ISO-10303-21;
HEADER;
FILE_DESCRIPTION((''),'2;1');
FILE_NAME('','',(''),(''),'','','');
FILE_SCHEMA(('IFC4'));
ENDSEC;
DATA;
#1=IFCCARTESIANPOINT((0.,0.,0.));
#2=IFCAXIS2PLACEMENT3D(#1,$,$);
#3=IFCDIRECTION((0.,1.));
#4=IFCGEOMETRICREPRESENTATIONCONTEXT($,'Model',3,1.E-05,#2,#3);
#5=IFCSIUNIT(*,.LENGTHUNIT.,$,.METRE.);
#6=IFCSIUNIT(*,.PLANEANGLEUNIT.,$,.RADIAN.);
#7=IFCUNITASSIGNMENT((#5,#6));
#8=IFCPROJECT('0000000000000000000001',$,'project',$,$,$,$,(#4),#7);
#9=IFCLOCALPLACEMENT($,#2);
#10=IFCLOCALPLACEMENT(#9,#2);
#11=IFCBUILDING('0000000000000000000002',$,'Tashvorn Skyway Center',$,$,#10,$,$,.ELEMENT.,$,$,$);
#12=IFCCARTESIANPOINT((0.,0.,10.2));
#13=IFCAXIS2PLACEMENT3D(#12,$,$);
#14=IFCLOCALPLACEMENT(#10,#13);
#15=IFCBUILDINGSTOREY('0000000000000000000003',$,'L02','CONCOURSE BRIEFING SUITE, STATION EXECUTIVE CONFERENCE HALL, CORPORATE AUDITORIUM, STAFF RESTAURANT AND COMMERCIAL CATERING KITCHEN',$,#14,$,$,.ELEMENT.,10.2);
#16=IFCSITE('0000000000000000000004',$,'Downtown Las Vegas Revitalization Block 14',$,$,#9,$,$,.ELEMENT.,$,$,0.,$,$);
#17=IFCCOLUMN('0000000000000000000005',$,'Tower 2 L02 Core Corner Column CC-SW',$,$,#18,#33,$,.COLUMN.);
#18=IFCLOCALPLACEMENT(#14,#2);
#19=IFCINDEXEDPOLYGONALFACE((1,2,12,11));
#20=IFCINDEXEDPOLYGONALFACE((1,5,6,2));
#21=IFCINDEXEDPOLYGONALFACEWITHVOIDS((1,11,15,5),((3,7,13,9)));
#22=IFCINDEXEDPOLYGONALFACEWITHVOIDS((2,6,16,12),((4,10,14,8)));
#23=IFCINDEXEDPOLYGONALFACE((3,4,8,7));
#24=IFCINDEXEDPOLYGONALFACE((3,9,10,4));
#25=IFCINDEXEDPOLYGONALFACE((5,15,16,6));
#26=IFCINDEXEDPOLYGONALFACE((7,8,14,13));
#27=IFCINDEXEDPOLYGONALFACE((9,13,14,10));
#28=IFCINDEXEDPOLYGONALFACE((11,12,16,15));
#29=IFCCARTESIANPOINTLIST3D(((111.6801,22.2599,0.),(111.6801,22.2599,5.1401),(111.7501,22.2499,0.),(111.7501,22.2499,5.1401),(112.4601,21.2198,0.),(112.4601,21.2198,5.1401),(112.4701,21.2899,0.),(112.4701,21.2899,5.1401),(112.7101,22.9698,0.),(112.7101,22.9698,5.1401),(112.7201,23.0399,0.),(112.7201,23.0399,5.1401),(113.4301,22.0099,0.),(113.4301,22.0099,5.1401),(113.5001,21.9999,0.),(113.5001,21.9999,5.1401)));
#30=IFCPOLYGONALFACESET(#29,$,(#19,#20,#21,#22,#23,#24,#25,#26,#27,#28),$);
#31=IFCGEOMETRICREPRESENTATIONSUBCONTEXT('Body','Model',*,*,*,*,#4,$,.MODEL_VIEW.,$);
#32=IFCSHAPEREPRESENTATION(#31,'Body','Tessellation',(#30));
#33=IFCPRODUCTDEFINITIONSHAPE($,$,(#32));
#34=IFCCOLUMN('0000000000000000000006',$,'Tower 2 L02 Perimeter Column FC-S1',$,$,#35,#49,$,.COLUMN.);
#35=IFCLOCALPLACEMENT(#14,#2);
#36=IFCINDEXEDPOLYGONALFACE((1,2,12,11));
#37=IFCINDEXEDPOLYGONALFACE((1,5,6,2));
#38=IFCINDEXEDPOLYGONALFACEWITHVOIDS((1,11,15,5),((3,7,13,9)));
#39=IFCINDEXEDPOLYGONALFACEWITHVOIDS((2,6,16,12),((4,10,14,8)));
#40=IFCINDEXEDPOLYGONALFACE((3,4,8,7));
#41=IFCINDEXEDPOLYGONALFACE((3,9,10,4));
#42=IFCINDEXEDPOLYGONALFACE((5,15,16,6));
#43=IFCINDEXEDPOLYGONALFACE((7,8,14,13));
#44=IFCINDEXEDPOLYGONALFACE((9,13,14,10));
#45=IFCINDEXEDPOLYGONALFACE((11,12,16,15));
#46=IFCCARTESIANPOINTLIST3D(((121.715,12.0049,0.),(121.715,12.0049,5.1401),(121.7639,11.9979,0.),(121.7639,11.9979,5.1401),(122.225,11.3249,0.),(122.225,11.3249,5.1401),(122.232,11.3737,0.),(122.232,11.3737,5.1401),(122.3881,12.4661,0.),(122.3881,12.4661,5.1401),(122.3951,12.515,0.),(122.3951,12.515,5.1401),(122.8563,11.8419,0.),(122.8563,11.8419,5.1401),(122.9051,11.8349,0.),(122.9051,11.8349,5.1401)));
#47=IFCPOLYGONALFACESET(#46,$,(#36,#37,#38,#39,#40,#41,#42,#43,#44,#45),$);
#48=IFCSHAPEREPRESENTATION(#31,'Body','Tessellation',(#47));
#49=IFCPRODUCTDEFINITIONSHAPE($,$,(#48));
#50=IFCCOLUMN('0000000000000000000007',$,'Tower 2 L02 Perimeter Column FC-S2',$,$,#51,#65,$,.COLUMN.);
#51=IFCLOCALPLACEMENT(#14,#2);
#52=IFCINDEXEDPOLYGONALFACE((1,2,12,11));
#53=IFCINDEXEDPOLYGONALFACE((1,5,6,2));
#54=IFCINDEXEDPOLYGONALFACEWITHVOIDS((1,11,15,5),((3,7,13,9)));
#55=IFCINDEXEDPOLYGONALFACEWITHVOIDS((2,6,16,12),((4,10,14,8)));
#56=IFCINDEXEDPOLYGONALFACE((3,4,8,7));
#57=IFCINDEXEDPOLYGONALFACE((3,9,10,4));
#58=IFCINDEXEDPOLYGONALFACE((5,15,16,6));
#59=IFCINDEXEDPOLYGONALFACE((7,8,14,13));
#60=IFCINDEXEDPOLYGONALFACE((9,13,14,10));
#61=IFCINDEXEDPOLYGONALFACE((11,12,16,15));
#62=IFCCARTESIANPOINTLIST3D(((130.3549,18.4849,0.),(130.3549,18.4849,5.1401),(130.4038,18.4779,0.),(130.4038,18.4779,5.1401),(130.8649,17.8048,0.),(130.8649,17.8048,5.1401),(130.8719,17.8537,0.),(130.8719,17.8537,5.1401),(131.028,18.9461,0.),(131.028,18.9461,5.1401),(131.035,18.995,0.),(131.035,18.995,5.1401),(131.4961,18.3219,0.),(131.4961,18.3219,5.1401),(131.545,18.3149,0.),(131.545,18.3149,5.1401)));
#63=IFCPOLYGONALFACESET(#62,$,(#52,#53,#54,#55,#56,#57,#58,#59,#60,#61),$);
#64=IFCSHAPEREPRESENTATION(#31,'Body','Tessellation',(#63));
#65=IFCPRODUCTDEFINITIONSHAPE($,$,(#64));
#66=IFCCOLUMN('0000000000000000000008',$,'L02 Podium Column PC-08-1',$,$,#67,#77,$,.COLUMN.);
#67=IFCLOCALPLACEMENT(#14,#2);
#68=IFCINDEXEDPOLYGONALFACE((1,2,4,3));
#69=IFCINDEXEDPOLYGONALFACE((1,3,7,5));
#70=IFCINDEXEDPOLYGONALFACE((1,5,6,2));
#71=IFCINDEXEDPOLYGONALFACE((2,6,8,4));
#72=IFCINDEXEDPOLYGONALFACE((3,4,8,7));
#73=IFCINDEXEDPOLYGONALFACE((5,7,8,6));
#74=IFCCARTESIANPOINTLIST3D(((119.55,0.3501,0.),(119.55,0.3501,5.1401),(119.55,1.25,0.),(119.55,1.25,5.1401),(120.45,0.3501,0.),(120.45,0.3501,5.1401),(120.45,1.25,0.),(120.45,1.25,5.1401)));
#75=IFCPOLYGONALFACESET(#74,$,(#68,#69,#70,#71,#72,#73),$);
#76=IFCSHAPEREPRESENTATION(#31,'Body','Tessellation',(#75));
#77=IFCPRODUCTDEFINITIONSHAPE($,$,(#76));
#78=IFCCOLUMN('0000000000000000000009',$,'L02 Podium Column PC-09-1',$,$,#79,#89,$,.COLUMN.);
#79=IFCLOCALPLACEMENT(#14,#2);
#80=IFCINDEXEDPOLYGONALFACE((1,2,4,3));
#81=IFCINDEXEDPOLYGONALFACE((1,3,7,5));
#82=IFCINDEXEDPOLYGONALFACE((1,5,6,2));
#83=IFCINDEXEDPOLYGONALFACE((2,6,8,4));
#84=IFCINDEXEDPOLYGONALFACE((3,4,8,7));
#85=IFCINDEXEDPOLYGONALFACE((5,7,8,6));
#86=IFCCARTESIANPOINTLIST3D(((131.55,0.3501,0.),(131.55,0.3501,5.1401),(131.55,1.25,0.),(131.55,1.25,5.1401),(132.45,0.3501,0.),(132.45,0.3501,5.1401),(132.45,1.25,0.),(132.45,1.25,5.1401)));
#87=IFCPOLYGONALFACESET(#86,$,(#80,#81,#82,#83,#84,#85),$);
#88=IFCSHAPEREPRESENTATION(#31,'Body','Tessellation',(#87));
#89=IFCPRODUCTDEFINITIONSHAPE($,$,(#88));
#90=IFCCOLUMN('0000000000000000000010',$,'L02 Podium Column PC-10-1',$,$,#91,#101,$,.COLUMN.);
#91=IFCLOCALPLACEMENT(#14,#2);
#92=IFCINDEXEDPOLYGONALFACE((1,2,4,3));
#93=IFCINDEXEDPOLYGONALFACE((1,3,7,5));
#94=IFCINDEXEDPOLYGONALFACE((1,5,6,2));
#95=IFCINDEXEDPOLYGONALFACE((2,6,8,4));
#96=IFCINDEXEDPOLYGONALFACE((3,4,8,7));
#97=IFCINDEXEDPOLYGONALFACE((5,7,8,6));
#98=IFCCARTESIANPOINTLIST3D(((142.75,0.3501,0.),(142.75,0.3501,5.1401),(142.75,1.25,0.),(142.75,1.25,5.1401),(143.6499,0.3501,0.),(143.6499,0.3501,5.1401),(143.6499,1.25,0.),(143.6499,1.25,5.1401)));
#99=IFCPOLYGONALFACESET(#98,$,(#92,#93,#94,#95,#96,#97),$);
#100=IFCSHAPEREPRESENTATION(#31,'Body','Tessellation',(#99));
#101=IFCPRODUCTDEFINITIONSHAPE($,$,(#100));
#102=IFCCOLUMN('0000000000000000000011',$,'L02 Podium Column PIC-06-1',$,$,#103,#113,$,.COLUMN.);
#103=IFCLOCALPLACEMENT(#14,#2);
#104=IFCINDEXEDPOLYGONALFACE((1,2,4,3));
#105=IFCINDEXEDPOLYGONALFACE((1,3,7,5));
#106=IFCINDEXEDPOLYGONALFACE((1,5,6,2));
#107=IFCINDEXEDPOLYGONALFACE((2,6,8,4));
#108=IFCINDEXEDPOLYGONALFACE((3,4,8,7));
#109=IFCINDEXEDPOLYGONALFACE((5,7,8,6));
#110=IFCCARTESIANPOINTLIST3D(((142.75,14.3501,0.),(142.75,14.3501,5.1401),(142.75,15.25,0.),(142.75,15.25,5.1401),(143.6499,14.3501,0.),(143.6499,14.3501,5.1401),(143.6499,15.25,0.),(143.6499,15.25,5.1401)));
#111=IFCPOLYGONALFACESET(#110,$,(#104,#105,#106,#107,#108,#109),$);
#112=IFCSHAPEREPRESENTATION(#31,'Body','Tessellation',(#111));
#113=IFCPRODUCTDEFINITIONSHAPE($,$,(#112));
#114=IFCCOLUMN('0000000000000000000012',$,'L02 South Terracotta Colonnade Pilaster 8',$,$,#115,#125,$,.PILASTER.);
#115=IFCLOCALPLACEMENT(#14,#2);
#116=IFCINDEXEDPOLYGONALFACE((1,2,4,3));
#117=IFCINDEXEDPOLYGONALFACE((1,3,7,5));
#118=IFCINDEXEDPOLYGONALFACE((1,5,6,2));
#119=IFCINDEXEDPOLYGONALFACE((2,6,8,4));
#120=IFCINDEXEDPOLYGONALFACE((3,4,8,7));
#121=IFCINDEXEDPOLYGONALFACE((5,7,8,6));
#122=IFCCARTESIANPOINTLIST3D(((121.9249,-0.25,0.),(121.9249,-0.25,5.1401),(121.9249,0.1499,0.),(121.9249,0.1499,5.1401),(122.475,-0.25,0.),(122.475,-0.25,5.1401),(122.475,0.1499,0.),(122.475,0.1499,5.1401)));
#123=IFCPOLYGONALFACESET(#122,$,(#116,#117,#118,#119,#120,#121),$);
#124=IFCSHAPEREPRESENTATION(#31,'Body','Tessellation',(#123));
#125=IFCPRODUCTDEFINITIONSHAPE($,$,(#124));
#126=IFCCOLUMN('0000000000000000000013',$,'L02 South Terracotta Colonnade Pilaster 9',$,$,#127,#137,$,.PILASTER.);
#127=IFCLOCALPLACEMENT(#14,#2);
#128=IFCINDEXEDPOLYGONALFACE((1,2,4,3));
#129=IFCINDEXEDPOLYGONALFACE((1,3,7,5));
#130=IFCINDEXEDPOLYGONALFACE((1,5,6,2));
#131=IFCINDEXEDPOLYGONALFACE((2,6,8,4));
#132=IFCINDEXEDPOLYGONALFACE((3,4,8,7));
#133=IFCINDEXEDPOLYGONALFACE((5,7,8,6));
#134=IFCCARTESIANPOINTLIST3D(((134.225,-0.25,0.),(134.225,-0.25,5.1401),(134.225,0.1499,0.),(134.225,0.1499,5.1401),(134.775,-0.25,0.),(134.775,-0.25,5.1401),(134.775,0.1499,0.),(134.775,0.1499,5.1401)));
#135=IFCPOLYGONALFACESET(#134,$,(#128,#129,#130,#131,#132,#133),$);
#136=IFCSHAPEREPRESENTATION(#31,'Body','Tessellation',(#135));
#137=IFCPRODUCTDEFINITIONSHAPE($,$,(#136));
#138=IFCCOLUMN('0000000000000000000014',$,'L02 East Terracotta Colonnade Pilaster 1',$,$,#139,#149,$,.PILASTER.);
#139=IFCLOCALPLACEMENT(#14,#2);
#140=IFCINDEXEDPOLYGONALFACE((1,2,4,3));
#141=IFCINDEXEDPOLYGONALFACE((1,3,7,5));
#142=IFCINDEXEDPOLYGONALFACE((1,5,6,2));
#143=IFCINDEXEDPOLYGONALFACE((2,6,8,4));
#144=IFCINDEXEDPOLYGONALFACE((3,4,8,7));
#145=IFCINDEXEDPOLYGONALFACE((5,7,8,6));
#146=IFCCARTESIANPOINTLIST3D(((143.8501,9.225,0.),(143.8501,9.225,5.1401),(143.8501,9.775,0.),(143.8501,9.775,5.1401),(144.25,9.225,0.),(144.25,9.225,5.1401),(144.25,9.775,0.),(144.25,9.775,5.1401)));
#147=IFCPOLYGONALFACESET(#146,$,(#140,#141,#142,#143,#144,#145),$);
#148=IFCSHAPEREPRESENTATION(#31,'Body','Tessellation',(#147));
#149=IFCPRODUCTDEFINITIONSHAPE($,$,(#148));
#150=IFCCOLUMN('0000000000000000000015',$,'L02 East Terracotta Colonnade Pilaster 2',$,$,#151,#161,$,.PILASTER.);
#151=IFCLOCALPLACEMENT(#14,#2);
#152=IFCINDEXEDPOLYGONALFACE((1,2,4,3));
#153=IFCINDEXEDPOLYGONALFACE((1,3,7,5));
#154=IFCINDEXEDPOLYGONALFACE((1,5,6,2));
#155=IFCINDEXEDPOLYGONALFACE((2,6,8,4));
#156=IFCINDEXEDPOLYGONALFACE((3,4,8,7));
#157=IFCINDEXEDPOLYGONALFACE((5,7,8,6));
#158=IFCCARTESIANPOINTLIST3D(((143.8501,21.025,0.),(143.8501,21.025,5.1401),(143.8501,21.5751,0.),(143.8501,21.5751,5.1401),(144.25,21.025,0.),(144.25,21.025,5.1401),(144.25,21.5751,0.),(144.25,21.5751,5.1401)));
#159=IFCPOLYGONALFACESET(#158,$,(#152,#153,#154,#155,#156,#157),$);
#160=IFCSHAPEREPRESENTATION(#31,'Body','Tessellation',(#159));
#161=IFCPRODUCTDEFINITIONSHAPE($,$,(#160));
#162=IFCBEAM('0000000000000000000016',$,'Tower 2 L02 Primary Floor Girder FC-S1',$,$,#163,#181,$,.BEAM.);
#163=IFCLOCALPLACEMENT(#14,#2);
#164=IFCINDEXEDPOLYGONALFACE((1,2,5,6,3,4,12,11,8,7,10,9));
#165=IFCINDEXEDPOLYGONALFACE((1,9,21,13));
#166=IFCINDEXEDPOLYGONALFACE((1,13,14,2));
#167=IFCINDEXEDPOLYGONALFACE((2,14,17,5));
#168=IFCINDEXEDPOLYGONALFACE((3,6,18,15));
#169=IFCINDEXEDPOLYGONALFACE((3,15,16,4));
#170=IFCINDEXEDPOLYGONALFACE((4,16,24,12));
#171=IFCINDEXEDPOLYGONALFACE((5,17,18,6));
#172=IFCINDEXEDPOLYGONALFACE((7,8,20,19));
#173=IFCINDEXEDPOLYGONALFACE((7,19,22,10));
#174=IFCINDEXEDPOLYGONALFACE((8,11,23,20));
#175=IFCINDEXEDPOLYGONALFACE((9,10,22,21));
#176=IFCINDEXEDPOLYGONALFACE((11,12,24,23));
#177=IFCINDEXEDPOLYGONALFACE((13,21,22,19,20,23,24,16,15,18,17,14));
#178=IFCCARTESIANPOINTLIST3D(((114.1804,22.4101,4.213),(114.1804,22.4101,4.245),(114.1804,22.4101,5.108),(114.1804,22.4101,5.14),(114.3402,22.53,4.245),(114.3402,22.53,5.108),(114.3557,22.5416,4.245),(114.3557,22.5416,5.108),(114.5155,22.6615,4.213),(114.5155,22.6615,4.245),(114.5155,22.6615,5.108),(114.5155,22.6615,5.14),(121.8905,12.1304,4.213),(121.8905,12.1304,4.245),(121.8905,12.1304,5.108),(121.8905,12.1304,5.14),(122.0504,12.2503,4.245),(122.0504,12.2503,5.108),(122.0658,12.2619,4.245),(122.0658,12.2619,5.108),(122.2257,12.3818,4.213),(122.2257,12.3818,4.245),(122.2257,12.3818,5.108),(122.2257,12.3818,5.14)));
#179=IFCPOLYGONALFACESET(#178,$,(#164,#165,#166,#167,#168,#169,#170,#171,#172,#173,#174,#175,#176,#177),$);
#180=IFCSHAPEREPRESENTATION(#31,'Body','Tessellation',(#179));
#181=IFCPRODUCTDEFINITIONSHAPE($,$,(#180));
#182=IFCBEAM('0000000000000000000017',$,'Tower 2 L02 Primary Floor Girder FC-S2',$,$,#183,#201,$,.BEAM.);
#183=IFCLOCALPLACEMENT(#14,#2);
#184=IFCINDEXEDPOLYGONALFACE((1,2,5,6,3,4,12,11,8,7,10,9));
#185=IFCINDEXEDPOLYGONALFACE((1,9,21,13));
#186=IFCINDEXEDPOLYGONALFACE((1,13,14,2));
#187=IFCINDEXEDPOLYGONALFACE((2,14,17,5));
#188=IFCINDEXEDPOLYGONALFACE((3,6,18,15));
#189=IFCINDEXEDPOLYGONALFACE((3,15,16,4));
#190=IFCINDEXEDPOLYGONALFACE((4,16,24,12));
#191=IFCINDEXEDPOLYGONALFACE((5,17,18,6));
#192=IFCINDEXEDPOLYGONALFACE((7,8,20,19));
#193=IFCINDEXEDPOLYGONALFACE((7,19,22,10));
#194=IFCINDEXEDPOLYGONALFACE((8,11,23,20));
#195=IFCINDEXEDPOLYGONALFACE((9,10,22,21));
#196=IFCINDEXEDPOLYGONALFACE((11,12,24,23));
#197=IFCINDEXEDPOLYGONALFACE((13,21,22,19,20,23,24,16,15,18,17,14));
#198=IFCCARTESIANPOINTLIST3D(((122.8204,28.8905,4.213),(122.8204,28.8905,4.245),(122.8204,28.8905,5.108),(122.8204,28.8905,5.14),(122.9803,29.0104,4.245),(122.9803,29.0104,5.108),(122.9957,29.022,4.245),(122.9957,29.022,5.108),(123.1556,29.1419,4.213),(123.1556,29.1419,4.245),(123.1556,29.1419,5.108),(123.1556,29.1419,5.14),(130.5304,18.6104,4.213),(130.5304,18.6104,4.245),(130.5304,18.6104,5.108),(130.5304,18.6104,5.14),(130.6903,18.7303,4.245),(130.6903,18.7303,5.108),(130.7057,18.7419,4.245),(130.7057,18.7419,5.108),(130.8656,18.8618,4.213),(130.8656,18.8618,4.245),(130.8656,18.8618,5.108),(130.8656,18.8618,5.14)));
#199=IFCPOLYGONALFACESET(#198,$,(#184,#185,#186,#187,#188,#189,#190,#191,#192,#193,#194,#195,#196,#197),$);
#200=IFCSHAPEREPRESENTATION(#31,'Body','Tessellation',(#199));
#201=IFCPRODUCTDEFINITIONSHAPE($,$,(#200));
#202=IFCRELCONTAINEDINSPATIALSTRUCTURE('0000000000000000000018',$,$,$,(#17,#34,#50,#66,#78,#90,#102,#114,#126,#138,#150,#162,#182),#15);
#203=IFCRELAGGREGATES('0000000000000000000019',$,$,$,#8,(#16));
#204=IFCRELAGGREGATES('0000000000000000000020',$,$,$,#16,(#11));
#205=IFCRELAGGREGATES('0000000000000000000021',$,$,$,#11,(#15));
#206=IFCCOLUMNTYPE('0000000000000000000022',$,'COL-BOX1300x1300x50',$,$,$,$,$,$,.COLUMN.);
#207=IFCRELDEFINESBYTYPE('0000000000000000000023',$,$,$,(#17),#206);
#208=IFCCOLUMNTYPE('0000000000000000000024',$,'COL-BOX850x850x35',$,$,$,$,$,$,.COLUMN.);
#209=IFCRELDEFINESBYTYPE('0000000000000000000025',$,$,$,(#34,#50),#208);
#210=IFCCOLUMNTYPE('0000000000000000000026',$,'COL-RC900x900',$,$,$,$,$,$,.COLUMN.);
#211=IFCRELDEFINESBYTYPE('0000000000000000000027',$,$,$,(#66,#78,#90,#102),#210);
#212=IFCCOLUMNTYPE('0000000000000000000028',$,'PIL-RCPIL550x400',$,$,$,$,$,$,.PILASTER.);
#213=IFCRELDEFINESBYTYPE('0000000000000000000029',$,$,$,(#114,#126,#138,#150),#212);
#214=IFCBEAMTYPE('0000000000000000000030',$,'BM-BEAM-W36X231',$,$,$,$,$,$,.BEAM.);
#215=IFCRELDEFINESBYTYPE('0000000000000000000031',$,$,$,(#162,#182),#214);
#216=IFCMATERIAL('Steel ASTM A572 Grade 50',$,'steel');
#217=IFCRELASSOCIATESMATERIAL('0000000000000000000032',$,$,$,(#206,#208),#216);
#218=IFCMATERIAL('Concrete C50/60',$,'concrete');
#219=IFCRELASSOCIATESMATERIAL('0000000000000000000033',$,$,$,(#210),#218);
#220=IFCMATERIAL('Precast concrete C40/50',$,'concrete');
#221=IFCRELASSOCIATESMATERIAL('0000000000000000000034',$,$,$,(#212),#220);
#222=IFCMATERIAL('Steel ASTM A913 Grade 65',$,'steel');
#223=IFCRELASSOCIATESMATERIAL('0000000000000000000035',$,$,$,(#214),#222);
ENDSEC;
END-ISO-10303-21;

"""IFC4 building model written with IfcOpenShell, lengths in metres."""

from ifc_helpers import new_model, si_unit, direction, frame, origin, origin_2d, place, context, subcontext, project, spatial, rectangle, hollow_rectangle, i_section, extrude, material, material_profile, profile_set, type_object, element, save


model = new_model("IFC4")

# Units and contexts
model_context = context("Model", 3, precision=1e-05, world=origin(), true_north=direction((0.0, 1.0)))
body_context = subcontext(model_context, "Body", "Model", "MODEL_VIEW")
ifc_project = project(units=[si_unit("LENGTHUNIT", "METRE"), si_unit("PLANEANGLEUNIT", "RADIAN")], contexts=[model_context])

# Site, building, storey
site_placement = place(None, origin())
site = spatial("IfcSite", under=ifc_project, at=site_placement, Name="Downtown Las Vegas Revitalization Block 14", CompositionType="ELEMENT", RefElevation=0.0)
building_placement = place(site_placement, origin())
building = spatial("IfcBuilding", under=site, at=building_placement, Name="Tashvorn Skyway Center", CompositionType="ELEMENT")
storey_placement = place(building_placement, frame((0.0, 0.0, 10.2)))
storey = spatial("IfcBuildingStorey", under=building, at=storey_placement, Name="L02", Description="CONCOURSE BRIEFING SUITE, STATION EXECUTIVE CONFERENCE HALL, CORPORATE AUDITORIUM, STAFF RESTAURANT AND COMMERCIAL CATERING KITCHEN", CompositionType="ELEMENT", Elevation=10.2)

# Columns
ifc_material_1 = material(Name="Steel ASTM A572 Grade 50", Category="steel")
ifc_material_profile_1 = material_profile(ifc_material_1, hollow_rectangle(XDim=1.3, YDim=1.3, WallThickness=0.05, at=origin_2d()), Name="BOX1300x1300x50")
ifc_profile_set_1 = profile_set([ifc_material_profile_1], Name="Steel ASTM A572 Grade 50")
column_type_1 = type_object("IfcColumnType", Name="COL-BOX1300x1300x50", PredefinedType="COLUMN", material=ifc_profile_set_1)
column_placement = place(storey_placement, frame((112.5901, 22.1299, 0.0), z_axis=(0.0, 0.0, 1.0), x_axis=(0.8, 0.6, 0.0)))
element("IfcColumn", 1, at=column_placement, inside=storey, type_object=column_type_1, Name="Tower 2 L02 Core Corner Column CC-SW", PredefinedType="COLUMN", context=body_context, shape_type="SweptSolid", body=[
    extrude(hollow_rectangle(XDim=1.3, YDim=1.3, WallThickness=0.05, at=origin_2d()), origin(), (0.0, 0.0, 1.0), 5.1401),
])
ifc_material_profile_2 = material_profile(ifc_material_1, hollow_rectangle(XDim=0.8501, YDim=0.8501, WallThickness=0.0349, at=origin_2d()), Name="BOX850x850x35")
ifc_profile_set_2 = profile_set([ifc_material_profile_2], Name="Steel ASTM A572 Grade 50")
column_type_2 = type_object("IfcColumnType", Name="COL-BOX850x850x35", PredefinedType="COLUMN", material=ifc_profile_set_2)
for number, where, z_axis, x_axis, name in (
    (2, (122.3101, 11.9199, 0.0), (0.0, 0.0, 1.0), (0.8, 0.6, 0.0), "Tower 2 L02 Perimeter Column FC-S1"),
    (3, (130.95, 18.3999, 0.0), (0.0, 0.0, 1.0), (0.8, 0.6, 0.0), "Tower 2 L02 Perimeter Column FC-S2"),
):
    element("IfcColumn", number, at=place(storey_placement, frame(where, z_axis=z_axis, x_axis=x_axis)), inside=storey, type_object=column_type_2, Name=name, PredefinedType="COLUMN", context=body_context, shape_type="SweptSolid", body=[
        extrude(hollow_rectangle(XDim=0.8501, YDim=0.8501, WallThickness=0.0349, at=origin_2d()), origin(), (0.0, 0.0, 1.0), 5.1401),
    ])
ifc_material_2 = material(Name="Concrete C50/60", Category="concrete")
ifc_material_profile_3 = material_profile(ifc_material_2, rectangle(XDim=0.8999, YDim=0.8999, at=origin_2d()), Name="RC900x900")
ifc_profile_set_3 = profile_set([ifc_material_profile_3], Name="Concrete C50/60")
column_type_3 = type_object("IfcColumnType", Name="COL-RC900x900", PredefinedType="COLUMN", material=ifc_profile_set_3)
for number, where, z_axis, x_axis, name in (
    (4, (120.0, 0.8, 0.0), (0.0, 0.0, 1.0), (1.0, 0.0, 0.0), "L02 Podium Column PC-08-1"),
    (5, (132.0, 0.8, 0.0), (0.0, 0.0, 1.0), (1.0, 0.0, 0.0), "L02 Podium Column PC-09-1"),
    (6, (143.2, 0.8, 0.0), (0.0, 0.0, 1.0), (1.0, 0.0, 0.0), "L02 Podium Column PC-10-1"),
    (7, (143.2, 14.8, 0.0), (0.0, 0.0, 1.0), (1.0, 0.0, 0.0), "L02 Podium Column PIC-06-1"),
):
    element("IfcColumn", number, at=place(storey_placement, frame(where, z_axis=z_axis, x_axis=x_axis)), inside=storey, type_object=column_type_3, Name=name, PredefinedType="COLUMN", context=body_context, shape_type="SweptSolid", body=[
        extrude(rectangle(XDim=0.8999, YDim=0.8999, at=origin_2d()), origin(), (0.0, 0.0, 1.0), 5.1401),
    ])
ifc_material_3 = material(Name="Precast concrete C40/50", Category="concrete")
ifc_material_profile_4 = material_profile(ifc_material_3, rectangle(XDim=0.55, YDim=0.3999, at=origin_2d()), Name="RCPIL550x400")
ifc_profile_set_4 = profile_set([ifc_material_profile_4], Name="Precast concrete C40/50")
column_type_4 = type_object("IfcColumnType", Name="PIL-RCPIL550x400", PredefinedType="PILASTER", material=ifc_profile_set_4)
for number, where, z_axis, x_axis, name in (
    (8, (122.2, -0.05, 0.0), (0.0, 0.0, 1.0), (1.0, 0.0, 0.0), "L02 South Terracotta Colonnade Pilaster 8"),
    (9, (134.5, -0.05, 0.0), (0.0, 0.0, 1.0), (1.0, 0.0, 0.0), "L02 South Terracotta Colonnade Pilaster 9"),
    (10, (144.05, 9.5, 0.0), (0.0, 0.0, 1.0), (0.0, 1.0, 0.0), "L02 East Terracotta Colonnade Pilaster 1"),
    (11, (144.05, 21.3, 0.0), (0.0, 0.0, 1.0), (0.0, 1.0, 0.0), "L02 East Terracotta Colonnade Pilaster 2"),
):
    element("IfcColumn", number, at=place(storey_placement, frame(where, z_axis=z_axis, x_axis=x_axis)), inside=storey, type_object=column_type_4, Name=name, PredefinedType="PILASTER", context=body_context, shape_type="SweptSolid", body=[
        extrude(rectangle(XDim=0.55, YDim=0.3999, at=origin_2d()), origin(), (0.0, 0.0, 1.0), 5.1401),
    ])

# Beams
ifc_material_4 = material(Name="Steel ASTM A913 Grade 65", Category="steel")
ifc_material_profile_5 = material_profile(ifc_material_4, i_section(OverallWidth=0.4189, OverallDepth=0.927, WebThickness=0.0193, FlangeThickness=0.032, at=origin_2d()), Name="W36X231")
ifc_profile_set_5 = profile_set([ifc_material_profile_5], Name="Steel ASTM A913 Grade 65")
beam_type_1 = type_object("IfcBeamType", Name="BM-BEAM-W36X231", PredefinedType="BEAM", material=ifc_profile_set_5)
beam_1_placement = place(storey_placement, frame((122.0581, 12.2561, 4.6765), z_axis=(-0.600018, 0.799986, 0.0), x_axis=(-0.799986, -0.600018, 0.0)))
element("IfcBeam", 12, at=beam_1_placement, inside=storey, type_object=beam_type_1, Name="Tower 2 L02 Primary Floor Girder FC-S1", PredefinedType="BEAM", context=body_context, shape_type="SweptSolid", body=[
    extrude(i_section(OverallWidth=0.4189, OverallDepth=0.927, WebThickness=0.0193, FlangeThickness=0.032, at=origin_2d()), origin(), (0.0, 0.0, 1.0), 12.8499),
])
beam_2_placement = place(storey_placement, frame((130.698, 18.7361, 4.6765), z_axis=(-0.599997, 0.800002, 0.0), x_axis=(-0.800002, -0.599997, 0.0)))
element("IfcBeam", 13, at=beam_2_placement, inside=storey, type_object=beam_type_1, Name="Tower 2 L02 Primary Floor Girder FC-S2", PredefinedType="BEAM", context=body_context, shape_type="SweptSolid", body=[
    extrude(i_section(OverallWidth=0.4189, OverallDepth=0.927, WebThickness=0.0193, FlangeThickness=0.032, at=origin_2d()), origin(), (0.0, 0.0, 1.0), 12.8501),
])

save(model, "model.ifc")
